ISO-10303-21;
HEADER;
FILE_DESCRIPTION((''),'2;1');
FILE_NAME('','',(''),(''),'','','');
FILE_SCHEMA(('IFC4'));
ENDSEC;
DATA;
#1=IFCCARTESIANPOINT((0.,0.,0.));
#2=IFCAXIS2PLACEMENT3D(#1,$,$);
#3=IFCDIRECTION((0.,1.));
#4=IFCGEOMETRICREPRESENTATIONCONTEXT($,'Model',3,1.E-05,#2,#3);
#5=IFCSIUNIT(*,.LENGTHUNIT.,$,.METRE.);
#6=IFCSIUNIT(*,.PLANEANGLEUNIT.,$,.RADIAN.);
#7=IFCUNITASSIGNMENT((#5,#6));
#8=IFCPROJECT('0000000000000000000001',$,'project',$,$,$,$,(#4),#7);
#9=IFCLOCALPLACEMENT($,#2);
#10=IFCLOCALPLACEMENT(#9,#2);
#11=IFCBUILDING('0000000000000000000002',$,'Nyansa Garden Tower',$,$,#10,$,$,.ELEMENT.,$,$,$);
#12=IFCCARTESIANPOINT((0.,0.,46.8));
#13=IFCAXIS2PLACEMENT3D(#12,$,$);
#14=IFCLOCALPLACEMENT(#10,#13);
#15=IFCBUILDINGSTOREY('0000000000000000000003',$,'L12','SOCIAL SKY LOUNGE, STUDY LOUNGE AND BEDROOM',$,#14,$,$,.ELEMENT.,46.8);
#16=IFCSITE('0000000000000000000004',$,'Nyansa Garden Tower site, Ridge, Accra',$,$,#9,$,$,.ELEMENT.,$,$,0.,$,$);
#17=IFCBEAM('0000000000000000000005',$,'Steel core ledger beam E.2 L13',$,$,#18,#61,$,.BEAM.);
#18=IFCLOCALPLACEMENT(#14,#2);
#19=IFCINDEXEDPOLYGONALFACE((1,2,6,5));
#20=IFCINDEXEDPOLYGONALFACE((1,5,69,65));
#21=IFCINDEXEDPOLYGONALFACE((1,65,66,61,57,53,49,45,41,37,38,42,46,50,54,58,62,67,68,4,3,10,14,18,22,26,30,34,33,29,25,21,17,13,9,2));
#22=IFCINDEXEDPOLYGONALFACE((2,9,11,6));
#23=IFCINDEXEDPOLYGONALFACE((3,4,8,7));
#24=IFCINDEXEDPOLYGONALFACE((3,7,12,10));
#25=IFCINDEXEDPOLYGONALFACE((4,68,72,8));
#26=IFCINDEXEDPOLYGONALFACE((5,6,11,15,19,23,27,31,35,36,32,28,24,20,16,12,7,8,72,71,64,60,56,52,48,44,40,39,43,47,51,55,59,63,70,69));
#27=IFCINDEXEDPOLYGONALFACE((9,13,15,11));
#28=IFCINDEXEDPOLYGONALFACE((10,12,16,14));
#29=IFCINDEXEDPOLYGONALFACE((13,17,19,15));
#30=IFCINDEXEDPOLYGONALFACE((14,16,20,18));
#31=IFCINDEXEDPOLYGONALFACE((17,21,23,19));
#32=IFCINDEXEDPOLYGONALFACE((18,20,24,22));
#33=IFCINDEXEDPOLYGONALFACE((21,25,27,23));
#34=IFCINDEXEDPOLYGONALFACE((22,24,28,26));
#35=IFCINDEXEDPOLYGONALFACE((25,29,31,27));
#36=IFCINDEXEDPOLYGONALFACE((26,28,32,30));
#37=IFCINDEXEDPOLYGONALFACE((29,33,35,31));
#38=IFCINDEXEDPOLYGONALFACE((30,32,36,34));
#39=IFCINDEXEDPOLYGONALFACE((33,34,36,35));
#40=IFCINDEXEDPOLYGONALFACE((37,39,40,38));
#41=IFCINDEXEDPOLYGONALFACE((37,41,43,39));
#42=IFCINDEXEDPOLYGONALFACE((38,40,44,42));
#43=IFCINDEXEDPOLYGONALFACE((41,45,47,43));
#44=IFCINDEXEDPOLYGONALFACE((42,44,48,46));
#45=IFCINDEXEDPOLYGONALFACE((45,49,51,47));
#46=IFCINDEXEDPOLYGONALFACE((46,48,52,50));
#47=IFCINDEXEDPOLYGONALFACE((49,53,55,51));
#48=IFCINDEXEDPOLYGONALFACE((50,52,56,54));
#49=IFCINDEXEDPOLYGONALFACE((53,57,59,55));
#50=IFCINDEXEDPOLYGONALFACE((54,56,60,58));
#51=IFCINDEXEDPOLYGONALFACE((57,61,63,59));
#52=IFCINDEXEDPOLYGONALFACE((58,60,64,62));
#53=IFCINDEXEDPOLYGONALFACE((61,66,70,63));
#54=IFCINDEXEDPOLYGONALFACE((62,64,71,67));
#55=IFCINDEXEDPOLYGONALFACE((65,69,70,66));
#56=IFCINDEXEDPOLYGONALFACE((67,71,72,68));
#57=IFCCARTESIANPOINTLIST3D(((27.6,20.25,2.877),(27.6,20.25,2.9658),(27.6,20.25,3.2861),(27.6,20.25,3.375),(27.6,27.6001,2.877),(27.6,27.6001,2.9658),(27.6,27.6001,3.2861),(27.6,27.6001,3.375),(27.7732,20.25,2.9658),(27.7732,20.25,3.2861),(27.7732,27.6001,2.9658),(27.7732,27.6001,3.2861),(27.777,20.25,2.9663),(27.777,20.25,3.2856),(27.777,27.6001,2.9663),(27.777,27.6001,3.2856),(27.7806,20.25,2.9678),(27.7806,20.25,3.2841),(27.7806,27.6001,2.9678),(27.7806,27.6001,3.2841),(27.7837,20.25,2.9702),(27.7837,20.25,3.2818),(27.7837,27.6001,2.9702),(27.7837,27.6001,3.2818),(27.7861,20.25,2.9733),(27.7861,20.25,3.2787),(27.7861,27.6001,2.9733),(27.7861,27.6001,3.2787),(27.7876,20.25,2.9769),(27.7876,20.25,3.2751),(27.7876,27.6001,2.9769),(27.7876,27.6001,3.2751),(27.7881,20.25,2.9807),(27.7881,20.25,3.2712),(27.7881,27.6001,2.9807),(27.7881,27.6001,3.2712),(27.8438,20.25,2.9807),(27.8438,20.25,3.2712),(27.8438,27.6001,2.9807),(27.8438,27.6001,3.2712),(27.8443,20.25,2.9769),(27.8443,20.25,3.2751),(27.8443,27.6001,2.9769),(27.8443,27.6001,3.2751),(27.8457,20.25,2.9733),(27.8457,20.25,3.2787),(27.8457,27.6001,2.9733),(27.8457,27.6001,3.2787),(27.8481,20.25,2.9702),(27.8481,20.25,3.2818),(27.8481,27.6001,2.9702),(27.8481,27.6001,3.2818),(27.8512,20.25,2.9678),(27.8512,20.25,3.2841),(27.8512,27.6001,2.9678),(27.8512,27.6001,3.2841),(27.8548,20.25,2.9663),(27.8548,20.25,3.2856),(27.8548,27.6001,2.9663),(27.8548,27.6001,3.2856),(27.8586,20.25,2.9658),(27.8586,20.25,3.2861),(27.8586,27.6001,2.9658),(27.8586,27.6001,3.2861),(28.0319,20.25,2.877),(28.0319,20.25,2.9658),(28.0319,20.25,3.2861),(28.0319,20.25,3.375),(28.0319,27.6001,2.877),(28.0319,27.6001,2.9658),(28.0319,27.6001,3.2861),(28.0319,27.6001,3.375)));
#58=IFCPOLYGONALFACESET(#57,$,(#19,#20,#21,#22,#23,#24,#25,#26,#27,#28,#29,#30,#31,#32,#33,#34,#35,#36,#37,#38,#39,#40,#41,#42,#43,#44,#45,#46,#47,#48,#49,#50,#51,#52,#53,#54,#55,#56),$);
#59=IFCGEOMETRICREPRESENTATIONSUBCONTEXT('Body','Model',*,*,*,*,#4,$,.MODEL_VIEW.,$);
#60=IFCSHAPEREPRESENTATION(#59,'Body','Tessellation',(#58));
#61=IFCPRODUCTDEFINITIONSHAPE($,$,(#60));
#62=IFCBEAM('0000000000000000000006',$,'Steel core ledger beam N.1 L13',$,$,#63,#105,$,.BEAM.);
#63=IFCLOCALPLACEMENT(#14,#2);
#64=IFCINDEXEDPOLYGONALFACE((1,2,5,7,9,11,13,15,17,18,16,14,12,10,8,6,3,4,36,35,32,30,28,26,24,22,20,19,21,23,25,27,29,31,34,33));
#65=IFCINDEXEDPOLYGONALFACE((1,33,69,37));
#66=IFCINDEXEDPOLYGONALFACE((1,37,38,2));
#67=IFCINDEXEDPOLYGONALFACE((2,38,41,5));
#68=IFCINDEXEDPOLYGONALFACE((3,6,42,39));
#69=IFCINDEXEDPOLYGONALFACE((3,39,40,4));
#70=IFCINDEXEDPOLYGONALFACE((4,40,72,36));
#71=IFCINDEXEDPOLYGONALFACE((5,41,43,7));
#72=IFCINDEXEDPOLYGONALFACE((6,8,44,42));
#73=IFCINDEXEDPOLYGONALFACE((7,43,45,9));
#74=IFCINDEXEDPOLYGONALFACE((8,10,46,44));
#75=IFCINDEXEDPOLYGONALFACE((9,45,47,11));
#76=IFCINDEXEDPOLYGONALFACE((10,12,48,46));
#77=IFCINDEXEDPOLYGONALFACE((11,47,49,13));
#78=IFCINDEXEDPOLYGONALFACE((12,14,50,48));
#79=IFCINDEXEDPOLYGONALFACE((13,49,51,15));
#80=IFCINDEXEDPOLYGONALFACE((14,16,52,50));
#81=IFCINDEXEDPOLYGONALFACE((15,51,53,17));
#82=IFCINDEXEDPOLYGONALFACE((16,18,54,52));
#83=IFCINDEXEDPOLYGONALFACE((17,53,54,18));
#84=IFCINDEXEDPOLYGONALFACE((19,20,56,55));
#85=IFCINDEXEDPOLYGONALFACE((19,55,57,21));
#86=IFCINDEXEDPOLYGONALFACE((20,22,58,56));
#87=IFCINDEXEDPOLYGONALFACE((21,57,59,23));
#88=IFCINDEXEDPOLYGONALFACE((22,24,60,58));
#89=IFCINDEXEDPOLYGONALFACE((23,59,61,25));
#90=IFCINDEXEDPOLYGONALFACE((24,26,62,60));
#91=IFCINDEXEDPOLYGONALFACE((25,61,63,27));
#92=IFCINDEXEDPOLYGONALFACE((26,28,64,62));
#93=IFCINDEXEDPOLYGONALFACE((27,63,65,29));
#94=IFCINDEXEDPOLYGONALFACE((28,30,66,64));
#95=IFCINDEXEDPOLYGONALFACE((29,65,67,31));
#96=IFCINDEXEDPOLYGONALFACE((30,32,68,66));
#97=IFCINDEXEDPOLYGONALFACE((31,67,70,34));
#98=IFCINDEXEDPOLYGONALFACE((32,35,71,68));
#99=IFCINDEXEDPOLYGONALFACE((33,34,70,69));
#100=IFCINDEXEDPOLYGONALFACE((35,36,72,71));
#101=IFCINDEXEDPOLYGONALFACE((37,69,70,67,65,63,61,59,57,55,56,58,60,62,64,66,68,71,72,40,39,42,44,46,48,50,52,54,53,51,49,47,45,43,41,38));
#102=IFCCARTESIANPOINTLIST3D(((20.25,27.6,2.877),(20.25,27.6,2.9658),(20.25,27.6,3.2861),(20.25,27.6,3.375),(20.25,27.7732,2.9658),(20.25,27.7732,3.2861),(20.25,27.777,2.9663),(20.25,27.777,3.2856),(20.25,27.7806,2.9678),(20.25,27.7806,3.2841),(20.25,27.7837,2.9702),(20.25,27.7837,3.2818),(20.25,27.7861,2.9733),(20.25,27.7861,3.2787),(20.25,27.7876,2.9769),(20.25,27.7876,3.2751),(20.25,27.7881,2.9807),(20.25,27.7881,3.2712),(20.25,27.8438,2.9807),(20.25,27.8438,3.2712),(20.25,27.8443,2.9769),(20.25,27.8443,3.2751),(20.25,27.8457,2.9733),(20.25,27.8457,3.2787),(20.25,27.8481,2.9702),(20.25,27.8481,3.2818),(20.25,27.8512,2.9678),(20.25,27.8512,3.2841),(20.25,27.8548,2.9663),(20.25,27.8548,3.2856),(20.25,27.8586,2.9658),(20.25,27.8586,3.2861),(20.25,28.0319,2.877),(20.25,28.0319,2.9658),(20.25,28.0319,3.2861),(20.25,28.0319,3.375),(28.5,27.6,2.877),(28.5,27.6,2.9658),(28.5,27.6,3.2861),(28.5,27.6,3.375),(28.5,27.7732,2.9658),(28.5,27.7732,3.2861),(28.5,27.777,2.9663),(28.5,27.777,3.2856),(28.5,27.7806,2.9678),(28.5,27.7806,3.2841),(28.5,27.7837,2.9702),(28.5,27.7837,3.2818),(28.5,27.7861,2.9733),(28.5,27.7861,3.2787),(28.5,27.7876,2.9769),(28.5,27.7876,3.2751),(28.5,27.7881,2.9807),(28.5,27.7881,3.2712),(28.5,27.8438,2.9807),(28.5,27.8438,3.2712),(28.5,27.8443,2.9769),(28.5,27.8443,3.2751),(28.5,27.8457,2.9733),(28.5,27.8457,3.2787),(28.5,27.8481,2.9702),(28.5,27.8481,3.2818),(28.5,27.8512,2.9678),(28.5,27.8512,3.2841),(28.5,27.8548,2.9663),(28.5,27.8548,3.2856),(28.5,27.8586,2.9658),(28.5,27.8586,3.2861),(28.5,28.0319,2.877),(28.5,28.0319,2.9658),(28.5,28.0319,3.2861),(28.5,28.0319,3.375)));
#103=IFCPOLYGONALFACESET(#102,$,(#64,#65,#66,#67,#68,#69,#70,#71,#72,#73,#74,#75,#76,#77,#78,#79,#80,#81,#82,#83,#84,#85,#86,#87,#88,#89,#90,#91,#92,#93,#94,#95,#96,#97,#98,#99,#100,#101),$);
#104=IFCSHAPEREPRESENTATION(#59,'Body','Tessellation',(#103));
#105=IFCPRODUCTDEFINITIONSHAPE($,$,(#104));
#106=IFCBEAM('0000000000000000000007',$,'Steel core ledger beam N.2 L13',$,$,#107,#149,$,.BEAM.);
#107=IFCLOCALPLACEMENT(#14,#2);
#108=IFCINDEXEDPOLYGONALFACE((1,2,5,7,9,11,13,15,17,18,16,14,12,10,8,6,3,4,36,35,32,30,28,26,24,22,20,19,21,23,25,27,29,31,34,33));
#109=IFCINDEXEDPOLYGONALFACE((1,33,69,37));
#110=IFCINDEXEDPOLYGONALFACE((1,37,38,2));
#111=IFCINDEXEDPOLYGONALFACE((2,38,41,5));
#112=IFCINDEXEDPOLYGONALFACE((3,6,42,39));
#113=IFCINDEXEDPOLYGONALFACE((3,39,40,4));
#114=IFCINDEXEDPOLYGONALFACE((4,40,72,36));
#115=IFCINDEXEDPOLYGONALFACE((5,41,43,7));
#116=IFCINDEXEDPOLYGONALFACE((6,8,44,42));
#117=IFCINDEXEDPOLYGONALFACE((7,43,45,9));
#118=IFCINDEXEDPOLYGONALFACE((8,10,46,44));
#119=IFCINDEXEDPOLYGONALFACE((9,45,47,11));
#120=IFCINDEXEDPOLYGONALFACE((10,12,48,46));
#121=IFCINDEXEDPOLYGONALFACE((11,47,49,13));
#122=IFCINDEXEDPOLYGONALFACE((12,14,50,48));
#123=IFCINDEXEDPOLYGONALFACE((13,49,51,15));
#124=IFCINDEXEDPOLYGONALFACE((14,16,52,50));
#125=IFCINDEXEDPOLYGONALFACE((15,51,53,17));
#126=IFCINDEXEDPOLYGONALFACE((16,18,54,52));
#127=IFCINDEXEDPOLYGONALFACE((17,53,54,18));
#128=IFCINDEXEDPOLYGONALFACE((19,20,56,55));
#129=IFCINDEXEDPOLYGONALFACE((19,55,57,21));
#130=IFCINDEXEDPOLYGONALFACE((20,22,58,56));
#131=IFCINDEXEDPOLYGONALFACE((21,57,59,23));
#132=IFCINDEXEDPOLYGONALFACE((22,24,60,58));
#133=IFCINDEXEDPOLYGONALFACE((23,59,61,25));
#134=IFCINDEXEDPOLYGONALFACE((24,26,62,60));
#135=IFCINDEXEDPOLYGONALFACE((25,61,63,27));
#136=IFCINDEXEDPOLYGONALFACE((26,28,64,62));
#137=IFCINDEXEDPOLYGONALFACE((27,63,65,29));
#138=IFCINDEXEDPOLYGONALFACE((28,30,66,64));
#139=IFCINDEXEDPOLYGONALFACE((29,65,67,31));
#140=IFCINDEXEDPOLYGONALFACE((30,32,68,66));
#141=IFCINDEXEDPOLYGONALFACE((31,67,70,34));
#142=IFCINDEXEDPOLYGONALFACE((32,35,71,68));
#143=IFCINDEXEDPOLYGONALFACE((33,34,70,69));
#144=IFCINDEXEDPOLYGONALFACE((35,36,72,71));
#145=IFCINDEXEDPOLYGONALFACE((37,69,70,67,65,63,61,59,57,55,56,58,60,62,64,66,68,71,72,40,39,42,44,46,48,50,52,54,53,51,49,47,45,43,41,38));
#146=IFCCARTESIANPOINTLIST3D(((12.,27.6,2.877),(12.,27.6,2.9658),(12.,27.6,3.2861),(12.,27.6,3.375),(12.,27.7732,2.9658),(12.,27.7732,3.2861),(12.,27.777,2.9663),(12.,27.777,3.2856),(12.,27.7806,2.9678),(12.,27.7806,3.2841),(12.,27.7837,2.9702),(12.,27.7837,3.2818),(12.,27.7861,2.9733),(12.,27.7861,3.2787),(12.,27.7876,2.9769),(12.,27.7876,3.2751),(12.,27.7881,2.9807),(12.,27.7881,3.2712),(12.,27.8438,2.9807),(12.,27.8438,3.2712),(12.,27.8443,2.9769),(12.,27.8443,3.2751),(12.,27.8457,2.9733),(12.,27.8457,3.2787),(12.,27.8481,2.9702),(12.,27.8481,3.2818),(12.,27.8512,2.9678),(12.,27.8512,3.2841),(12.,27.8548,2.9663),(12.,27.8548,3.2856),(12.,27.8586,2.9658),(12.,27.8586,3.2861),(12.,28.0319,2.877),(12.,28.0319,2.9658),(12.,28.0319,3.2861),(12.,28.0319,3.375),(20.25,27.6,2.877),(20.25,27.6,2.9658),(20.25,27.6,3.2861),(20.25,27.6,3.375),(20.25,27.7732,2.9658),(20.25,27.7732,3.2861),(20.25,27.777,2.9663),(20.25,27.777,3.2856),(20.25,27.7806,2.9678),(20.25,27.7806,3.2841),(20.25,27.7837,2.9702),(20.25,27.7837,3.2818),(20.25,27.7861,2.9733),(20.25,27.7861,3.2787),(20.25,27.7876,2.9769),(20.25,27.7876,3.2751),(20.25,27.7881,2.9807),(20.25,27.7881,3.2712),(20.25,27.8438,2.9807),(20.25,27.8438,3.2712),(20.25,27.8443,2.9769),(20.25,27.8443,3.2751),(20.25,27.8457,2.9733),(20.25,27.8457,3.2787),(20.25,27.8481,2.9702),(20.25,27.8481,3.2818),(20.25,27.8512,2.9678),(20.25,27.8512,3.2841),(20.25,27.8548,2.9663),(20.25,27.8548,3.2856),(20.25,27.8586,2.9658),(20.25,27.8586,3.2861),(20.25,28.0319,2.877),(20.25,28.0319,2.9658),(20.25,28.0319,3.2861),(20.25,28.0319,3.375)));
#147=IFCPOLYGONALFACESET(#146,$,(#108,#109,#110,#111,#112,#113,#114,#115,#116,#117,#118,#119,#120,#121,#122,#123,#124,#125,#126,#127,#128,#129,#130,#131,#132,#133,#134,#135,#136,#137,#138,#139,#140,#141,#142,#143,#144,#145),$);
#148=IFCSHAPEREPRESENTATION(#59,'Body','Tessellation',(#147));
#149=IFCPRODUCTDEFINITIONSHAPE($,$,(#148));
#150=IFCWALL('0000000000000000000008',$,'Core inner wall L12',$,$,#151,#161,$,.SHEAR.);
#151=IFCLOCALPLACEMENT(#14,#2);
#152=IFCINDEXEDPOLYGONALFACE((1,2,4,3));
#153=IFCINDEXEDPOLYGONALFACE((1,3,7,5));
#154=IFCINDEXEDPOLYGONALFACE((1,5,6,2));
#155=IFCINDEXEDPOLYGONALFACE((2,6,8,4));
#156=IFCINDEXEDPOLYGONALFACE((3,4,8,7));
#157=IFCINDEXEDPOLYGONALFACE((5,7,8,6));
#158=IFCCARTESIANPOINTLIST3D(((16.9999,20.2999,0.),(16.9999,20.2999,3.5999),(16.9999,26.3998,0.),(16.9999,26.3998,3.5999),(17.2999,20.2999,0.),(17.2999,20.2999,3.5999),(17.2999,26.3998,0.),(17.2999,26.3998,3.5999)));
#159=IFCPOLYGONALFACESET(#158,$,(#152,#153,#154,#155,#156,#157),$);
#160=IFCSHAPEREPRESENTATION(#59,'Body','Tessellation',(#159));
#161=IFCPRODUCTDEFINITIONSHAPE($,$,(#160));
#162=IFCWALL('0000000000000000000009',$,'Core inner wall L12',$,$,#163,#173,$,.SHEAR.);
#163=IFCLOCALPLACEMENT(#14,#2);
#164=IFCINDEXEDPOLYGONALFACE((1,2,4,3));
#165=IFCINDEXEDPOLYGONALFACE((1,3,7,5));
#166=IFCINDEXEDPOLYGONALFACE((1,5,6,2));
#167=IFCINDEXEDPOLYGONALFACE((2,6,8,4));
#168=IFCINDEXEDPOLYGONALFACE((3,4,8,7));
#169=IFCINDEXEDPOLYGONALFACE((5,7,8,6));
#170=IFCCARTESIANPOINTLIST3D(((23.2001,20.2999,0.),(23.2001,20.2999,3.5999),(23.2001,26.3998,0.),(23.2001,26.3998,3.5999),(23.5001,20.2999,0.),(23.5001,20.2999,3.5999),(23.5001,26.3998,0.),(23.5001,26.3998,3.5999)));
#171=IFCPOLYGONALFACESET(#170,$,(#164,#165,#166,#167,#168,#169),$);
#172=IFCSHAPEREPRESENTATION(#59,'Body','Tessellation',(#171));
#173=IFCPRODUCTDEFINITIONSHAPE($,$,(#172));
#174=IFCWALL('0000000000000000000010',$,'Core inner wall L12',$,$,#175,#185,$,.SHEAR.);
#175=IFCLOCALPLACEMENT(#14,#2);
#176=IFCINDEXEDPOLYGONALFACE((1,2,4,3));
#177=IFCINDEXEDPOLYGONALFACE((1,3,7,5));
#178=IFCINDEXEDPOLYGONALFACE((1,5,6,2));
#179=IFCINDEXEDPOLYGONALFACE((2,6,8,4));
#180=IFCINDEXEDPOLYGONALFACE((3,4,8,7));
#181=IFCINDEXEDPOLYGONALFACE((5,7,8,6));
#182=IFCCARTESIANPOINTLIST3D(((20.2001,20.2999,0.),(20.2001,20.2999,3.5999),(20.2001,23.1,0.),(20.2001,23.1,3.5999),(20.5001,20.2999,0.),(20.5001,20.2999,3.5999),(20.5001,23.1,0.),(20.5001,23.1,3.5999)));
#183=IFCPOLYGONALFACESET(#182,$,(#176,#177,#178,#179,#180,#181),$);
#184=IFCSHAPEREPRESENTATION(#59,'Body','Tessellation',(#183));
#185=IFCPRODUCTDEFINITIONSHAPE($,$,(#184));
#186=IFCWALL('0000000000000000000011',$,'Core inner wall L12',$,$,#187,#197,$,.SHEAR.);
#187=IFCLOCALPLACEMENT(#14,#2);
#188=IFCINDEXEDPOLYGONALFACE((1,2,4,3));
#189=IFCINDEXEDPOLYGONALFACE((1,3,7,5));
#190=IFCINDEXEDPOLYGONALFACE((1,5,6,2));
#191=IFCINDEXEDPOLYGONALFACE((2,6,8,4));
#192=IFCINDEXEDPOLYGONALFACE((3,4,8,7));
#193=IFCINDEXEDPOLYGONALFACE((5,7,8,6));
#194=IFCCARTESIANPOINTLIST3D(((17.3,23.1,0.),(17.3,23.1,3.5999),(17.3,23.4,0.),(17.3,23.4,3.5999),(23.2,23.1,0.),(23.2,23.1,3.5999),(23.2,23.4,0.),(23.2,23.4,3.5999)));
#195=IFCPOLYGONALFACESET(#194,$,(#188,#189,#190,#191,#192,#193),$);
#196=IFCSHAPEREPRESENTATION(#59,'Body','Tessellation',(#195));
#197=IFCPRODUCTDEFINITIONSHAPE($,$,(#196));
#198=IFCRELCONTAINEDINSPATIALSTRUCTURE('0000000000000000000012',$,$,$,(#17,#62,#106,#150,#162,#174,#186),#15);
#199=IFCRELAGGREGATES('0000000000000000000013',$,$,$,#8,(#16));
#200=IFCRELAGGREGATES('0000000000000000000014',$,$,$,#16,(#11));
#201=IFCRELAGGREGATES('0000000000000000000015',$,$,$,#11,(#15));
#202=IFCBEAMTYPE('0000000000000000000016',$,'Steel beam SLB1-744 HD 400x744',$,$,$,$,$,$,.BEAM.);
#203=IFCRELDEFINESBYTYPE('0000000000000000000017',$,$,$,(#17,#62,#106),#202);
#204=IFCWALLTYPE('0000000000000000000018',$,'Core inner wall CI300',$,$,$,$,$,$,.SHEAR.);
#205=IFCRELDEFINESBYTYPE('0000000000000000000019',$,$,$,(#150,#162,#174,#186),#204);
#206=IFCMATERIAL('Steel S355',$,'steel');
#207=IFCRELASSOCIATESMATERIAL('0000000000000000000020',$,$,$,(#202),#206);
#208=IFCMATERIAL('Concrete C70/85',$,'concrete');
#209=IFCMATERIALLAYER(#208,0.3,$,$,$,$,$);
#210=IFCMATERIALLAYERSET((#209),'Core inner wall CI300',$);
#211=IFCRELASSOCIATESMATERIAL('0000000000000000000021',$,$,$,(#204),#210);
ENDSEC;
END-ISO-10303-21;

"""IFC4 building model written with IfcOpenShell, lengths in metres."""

from ifc_helpers import new_model, si_unit, direction, frame, frame_2d, origin, origin_2d, place, context, subcontext, project, spatial, rectangle, i_section, extrude, material, layer, layer_set, material_profile, profile_set, type_object, element, save


model = new_model("IFC4")

# Units and contexts
model_context = context("Model", 3, precision=1e-05, world=origin(), true_north=direction((0.0, 1.0)))
body_context = subcontext(model_context, "Body", "Model", "MODEL_VIEW")
ifc_project = project(units=[si_unit("LENGTHUNIT", "METRE"), si_unit("PLANEANGLEUNIT", "RADIAN")], contexts=[model_context])

# Site, building, storey
site_placement = place(None, origin())
site = spatial("IfcSite", under=ifc_project, at=site_placement, Name="Nyansa Garden Tower site, Ridge, Accra", CompositionType="ELEMENT", RefElevation=0.0)
building_placement = place(site_placement, origin())
building = spatial("IfcBuilding", under=site, at=building_placement, Name="Nyansa Garden Tower", CompositionType="ELEMENT")
storey_placement = place(building_placement, frame((0.0, 0.0, 46.8)))
storey = spatial("IfcBuildingStorey", under=building, at=storey_placement, Name="L12", Description="SOCIAL SKY LOUNGE, STUDY LOUNGE AND BEDROOM", CompositionType="ELEMENT", Elevation=46.8)

# Beams
ifc_material_1 = material(Name="Steel S355", Category="steel")
ifc_material_profile_1 = material_profile(ifc_material_1, i_section(OverallWidth=0.4319, OverallDepth=0.498, WebThickness=0.0557, FlangeThickness=0.0889, FilletRadius=0.0149, at=origin_2d()), Name="HD 400x744")
ifc_profile_set_1 = profile_set([ifc_material_profile_1], Name="Steel S355")
beam_type_1 = type_object("IfcBeamType", Name="Steel beam SLB1-744 HD 400x744", PredefinedType="BEAM", material=ifc_profile_set_1)
beam_placement = place(storey_placement, frame((27.8159, 20.25, 3.126), z_axis=(0.0, 1.0, 0.0), x_axis=(-1.0, 0.0, 0.0)))
element("IfcBeam", 1, at=beam_placement, inside=storey, type_object=beam_type_1, Name="Steel core ledger beam E.2 L13", PredefinedType="BEAM", context=body_context, shape_type="SweptSolid", body=[
    extrude(i_section(OverallWidth=0.4319, OverallDepth=0.498, WebThickness=0.0557, FlangeThickness=0.0889, FilletRadius=0.0149, at=origin_2d()), origin(), (0.0, 0.0, 1.0), 7.3501),
])
for number, where, z_axis, x_axis, name in (
    (2, (28.5, 27.8159, 3.126), (-1.0, 0.0, 0.0), (0.0, -1.0, 0.0), "Steel core ledger beam N.1 L13"),
    (3, (20.25, 27.8159, 3.126), (-1.0, 0.0, 0.0), (0.0, -1.0, 0.0), "Steel core ledger beam N.2 L13"),
):
    element("IfcBeam", number, at=place(storey_placement, frame(where, z_axis=z_axis, x_axis=x_axis)), inside=storey, type_object=beam_type_1, Name=name, PredefinedType="BEAM", context=body_context, shape_type="SweptSolid", body=[
        extrude(i_section(OverallWidth=0.4319, OverallDepth=0.498, WebThickness=0.0557, FlangeThickness=0.0889, FilletRadius=0.0149, at=origin_2d()), origin(), (0.0, 0.0, 1.0), 8.25),
    ])

# Walls
ifc_material_2 = material(Name="Concrete C70/85", Category="concrete")
ifc_layer_1 = layer(ifc_material_2, 0.3)
ifc_layer_set_1 = layer_set([ifc_layer_1], Name="Core inner wall CI300")
wall_type_1 = type_object("IfcWallType", Name="Core inner wall CI300", PredefinedType="SHEAR", material=ifc_layer_set_1)
for number, where, z_axis, x_axis, name in (
    (4, (17.1499, 20.3, 0.0), (0.0, 0.0, 1.0), (0.0, 1.0, 0.0), "Core inner wall L12"),
    (5, (23.3501, 20.3, 0.0), (0.0, 0.0, 1.0), (0.0, 1.0, 0.0), "Core inner wall L12"),
):
    element("IfcWall", number, at=place(storey_placement, frame(where, z_axis=z_axis, x_axis=x_axis)), inside=storey, type_object=wall_type_1, Name=name, PredefinedType="SHEAR", context=body_context, shape_type="SweptSolid", body=[
        extrude(rectangle(XDim=6.0999, YDim=0.3, at=frame_2d((3.0498, 0.0))), origin(), (0.0, 0.0, 1.0), 3.5999),
    ])
wall_1_placement = place(storey_placement, frame((20.3501, 20.3, 0.0), z_axis=(0.0, 0.0, 1.0), x_axis=(0.0, 1.0, 0.0)))
element("IfcWall", 6, at=wall_1_placement, inside=storey, type_object=wall_type_1, Name="Core inner wall L12", PredefinedType="SHEAR", context=body_context, shape_type="SweptSolid", body=[
    extrude(rectangle(XDim=2.8, YDim=0.3, at=frame_2d((1.3999, 0.0))), origin(), (0.0, 0.0, 1.0), 3.5999),
])
wall_2_placement = place(storey_placement, frame((17.3, 23.25, 0.0), z_axis=(0.0, 0.0, 1.0), x_axis=(1.0, 0.0, 0.0)))
element("IfcWall", 7, at=wall_2_placement, inside=storey, type_object=wall_type_1, Name="Core inner wall L12", PredefinedType="SHEAR", context=body_context, shape_type="SweptSolid", body=[
    extrude(rectangle(XDim=5.8999, YDim=0.3, at=frame_2d((2.95, 0.0))), origin(), (0.0, 0.0, 1.0), 3.5999),
])

save(model, "model.ifc")
